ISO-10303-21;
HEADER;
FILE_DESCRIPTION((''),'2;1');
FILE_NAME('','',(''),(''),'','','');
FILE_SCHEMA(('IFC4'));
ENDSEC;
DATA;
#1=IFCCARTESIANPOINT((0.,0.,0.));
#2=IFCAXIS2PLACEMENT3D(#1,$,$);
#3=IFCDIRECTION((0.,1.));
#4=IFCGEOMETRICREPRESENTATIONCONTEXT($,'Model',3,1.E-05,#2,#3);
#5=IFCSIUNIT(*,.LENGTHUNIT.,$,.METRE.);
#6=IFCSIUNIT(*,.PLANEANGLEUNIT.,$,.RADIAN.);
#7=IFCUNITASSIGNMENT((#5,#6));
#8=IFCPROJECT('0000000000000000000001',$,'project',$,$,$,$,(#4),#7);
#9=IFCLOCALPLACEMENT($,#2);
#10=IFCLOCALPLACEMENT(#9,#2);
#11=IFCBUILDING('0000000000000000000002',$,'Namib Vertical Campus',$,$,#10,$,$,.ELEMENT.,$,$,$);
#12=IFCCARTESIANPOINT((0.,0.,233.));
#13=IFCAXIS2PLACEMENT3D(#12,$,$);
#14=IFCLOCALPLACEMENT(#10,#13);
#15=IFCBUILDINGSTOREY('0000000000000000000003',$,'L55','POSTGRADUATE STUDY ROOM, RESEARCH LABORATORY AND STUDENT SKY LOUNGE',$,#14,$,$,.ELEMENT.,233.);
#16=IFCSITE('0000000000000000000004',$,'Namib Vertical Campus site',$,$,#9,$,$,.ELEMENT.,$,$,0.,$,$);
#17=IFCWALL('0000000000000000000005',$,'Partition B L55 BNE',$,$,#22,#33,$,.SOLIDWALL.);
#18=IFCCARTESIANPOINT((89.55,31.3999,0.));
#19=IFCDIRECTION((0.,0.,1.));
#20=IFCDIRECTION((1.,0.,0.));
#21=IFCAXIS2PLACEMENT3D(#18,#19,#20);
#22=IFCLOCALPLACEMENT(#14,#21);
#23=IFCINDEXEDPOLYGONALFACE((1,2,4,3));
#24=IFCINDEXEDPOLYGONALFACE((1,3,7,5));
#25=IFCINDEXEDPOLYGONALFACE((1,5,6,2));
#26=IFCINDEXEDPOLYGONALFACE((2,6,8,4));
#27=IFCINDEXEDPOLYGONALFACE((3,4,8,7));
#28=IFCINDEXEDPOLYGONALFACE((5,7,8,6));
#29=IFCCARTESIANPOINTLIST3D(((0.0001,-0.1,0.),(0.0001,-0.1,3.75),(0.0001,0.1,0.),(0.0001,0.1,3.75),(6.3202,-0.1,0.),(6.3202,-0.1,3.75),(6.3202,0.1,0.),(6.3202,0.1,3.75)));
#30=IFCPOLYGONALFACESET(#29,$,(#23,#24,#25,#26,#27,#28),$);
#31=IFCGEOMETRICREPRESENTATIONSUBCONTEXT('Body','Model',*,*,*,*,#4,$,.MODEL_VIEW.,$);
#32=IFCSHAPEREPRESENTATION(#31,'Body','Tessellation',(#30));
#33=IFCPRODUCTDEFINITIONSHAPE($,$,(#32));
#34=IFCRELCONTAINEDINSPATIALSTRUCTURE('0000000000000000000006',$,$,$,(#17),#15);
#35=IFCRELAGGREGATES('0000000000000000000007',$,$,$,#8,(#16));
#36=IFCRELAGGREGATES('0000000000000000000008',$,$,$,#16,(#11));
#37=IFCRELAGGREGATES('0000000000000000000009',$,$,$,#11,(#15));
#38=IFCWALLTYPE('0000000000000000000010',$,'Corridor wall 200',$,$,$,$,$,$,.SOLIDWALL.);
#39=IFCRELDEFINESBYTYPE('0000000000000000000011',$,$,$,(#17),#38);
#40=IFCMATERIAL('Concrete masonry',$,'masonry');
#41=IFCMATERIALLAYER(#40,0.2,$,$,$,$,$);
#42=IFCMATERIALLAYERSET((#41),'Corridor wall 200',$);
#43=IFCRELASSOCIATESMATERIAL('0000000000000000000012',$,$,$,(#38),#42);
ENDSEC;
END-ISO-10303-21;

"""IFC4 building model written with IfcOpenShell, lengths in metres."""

from ifc_helpers import new_model, si_unit, direction, frame, frame_2d, origin, place, context, subcontext, project, spatial, rectangle, extrude, material, layer, layer_set, type_object, element, save


model = new_model("IFC4")

# Units and contexts
model_context = context("Model", 3, precision=1e-05, world=origin(), true_north=direction((0.0, 1.0)))
body_context = subcontext(model_context, "Body", "Model", "MODEL_VIEW")
ifc_project = project(units=[si_unit("LENGTHUNIT", "METRE"), si_unit("PLANEANGLEUNIT", "RADIAN")], contexts=[model_context])

# Site, building, storey
site_placement = place(None, origin())
site = spatial("IfcSite", under=ifc_project, at=site_placement, Name="Namib Vertical Campus site", CompositionType="ELEMENT", RefElevation=0.0)
building_placement = place(site_placement, origin())
building = spatial("IfcBuilding", under=site, at=building_placement, Name="Namib Vertical Campus", CompositionType="ELEMENT")
storey_placement = place(building_placement, frame((0.0, 0.0, 233.0)))
storey = spatial("IfcBuildingStorey", under=building, at=storey_placement, Name="L55", Description="POSTGRADUATE STUDY ROOM, RESEARCH LABORATORY AND STUDENT SKY LOUNGE", CompositionType="ELEMENT", Elevation=233.0)

# Shared definitions
ifc_material_1 = material(Name="Concrete masonry", Category="masonry")
ifc_layer_1 = layer(ifc_material_1, 0.2)
ifc_layer_set_1 = layer_set([ifc_layer_1], Name="Corridor wall 200")
wall_type = type_object("IfcWallType", Name="Corridor wall 200", PredefinedType="SOLIDWALL", material=ifc_layer_set_1)

# Wall
wall_1_placement = place(storey_placement, frame((89.55, 31.3999, 0.0), z_axis=(0.0, 0.0, 1.0), x_axis=(1.0, 0.0, 0.0)))
element("IfcWall", 1, at=wall_1_placement, inside=storey, type_object=wall_type, Name="Partition B L55 BNE", PredefinedType="SOLIDWALL", context=body_context, shape_type="SweptSolid", body=[
    extrude(rectangle(XDim=6.3201, YDim=0.2, at=frame_2d((3.1602, 0.0))), origin(), (0.0, 0.0, 1.0), 3.75),
])

save(model, "model.ifc")
